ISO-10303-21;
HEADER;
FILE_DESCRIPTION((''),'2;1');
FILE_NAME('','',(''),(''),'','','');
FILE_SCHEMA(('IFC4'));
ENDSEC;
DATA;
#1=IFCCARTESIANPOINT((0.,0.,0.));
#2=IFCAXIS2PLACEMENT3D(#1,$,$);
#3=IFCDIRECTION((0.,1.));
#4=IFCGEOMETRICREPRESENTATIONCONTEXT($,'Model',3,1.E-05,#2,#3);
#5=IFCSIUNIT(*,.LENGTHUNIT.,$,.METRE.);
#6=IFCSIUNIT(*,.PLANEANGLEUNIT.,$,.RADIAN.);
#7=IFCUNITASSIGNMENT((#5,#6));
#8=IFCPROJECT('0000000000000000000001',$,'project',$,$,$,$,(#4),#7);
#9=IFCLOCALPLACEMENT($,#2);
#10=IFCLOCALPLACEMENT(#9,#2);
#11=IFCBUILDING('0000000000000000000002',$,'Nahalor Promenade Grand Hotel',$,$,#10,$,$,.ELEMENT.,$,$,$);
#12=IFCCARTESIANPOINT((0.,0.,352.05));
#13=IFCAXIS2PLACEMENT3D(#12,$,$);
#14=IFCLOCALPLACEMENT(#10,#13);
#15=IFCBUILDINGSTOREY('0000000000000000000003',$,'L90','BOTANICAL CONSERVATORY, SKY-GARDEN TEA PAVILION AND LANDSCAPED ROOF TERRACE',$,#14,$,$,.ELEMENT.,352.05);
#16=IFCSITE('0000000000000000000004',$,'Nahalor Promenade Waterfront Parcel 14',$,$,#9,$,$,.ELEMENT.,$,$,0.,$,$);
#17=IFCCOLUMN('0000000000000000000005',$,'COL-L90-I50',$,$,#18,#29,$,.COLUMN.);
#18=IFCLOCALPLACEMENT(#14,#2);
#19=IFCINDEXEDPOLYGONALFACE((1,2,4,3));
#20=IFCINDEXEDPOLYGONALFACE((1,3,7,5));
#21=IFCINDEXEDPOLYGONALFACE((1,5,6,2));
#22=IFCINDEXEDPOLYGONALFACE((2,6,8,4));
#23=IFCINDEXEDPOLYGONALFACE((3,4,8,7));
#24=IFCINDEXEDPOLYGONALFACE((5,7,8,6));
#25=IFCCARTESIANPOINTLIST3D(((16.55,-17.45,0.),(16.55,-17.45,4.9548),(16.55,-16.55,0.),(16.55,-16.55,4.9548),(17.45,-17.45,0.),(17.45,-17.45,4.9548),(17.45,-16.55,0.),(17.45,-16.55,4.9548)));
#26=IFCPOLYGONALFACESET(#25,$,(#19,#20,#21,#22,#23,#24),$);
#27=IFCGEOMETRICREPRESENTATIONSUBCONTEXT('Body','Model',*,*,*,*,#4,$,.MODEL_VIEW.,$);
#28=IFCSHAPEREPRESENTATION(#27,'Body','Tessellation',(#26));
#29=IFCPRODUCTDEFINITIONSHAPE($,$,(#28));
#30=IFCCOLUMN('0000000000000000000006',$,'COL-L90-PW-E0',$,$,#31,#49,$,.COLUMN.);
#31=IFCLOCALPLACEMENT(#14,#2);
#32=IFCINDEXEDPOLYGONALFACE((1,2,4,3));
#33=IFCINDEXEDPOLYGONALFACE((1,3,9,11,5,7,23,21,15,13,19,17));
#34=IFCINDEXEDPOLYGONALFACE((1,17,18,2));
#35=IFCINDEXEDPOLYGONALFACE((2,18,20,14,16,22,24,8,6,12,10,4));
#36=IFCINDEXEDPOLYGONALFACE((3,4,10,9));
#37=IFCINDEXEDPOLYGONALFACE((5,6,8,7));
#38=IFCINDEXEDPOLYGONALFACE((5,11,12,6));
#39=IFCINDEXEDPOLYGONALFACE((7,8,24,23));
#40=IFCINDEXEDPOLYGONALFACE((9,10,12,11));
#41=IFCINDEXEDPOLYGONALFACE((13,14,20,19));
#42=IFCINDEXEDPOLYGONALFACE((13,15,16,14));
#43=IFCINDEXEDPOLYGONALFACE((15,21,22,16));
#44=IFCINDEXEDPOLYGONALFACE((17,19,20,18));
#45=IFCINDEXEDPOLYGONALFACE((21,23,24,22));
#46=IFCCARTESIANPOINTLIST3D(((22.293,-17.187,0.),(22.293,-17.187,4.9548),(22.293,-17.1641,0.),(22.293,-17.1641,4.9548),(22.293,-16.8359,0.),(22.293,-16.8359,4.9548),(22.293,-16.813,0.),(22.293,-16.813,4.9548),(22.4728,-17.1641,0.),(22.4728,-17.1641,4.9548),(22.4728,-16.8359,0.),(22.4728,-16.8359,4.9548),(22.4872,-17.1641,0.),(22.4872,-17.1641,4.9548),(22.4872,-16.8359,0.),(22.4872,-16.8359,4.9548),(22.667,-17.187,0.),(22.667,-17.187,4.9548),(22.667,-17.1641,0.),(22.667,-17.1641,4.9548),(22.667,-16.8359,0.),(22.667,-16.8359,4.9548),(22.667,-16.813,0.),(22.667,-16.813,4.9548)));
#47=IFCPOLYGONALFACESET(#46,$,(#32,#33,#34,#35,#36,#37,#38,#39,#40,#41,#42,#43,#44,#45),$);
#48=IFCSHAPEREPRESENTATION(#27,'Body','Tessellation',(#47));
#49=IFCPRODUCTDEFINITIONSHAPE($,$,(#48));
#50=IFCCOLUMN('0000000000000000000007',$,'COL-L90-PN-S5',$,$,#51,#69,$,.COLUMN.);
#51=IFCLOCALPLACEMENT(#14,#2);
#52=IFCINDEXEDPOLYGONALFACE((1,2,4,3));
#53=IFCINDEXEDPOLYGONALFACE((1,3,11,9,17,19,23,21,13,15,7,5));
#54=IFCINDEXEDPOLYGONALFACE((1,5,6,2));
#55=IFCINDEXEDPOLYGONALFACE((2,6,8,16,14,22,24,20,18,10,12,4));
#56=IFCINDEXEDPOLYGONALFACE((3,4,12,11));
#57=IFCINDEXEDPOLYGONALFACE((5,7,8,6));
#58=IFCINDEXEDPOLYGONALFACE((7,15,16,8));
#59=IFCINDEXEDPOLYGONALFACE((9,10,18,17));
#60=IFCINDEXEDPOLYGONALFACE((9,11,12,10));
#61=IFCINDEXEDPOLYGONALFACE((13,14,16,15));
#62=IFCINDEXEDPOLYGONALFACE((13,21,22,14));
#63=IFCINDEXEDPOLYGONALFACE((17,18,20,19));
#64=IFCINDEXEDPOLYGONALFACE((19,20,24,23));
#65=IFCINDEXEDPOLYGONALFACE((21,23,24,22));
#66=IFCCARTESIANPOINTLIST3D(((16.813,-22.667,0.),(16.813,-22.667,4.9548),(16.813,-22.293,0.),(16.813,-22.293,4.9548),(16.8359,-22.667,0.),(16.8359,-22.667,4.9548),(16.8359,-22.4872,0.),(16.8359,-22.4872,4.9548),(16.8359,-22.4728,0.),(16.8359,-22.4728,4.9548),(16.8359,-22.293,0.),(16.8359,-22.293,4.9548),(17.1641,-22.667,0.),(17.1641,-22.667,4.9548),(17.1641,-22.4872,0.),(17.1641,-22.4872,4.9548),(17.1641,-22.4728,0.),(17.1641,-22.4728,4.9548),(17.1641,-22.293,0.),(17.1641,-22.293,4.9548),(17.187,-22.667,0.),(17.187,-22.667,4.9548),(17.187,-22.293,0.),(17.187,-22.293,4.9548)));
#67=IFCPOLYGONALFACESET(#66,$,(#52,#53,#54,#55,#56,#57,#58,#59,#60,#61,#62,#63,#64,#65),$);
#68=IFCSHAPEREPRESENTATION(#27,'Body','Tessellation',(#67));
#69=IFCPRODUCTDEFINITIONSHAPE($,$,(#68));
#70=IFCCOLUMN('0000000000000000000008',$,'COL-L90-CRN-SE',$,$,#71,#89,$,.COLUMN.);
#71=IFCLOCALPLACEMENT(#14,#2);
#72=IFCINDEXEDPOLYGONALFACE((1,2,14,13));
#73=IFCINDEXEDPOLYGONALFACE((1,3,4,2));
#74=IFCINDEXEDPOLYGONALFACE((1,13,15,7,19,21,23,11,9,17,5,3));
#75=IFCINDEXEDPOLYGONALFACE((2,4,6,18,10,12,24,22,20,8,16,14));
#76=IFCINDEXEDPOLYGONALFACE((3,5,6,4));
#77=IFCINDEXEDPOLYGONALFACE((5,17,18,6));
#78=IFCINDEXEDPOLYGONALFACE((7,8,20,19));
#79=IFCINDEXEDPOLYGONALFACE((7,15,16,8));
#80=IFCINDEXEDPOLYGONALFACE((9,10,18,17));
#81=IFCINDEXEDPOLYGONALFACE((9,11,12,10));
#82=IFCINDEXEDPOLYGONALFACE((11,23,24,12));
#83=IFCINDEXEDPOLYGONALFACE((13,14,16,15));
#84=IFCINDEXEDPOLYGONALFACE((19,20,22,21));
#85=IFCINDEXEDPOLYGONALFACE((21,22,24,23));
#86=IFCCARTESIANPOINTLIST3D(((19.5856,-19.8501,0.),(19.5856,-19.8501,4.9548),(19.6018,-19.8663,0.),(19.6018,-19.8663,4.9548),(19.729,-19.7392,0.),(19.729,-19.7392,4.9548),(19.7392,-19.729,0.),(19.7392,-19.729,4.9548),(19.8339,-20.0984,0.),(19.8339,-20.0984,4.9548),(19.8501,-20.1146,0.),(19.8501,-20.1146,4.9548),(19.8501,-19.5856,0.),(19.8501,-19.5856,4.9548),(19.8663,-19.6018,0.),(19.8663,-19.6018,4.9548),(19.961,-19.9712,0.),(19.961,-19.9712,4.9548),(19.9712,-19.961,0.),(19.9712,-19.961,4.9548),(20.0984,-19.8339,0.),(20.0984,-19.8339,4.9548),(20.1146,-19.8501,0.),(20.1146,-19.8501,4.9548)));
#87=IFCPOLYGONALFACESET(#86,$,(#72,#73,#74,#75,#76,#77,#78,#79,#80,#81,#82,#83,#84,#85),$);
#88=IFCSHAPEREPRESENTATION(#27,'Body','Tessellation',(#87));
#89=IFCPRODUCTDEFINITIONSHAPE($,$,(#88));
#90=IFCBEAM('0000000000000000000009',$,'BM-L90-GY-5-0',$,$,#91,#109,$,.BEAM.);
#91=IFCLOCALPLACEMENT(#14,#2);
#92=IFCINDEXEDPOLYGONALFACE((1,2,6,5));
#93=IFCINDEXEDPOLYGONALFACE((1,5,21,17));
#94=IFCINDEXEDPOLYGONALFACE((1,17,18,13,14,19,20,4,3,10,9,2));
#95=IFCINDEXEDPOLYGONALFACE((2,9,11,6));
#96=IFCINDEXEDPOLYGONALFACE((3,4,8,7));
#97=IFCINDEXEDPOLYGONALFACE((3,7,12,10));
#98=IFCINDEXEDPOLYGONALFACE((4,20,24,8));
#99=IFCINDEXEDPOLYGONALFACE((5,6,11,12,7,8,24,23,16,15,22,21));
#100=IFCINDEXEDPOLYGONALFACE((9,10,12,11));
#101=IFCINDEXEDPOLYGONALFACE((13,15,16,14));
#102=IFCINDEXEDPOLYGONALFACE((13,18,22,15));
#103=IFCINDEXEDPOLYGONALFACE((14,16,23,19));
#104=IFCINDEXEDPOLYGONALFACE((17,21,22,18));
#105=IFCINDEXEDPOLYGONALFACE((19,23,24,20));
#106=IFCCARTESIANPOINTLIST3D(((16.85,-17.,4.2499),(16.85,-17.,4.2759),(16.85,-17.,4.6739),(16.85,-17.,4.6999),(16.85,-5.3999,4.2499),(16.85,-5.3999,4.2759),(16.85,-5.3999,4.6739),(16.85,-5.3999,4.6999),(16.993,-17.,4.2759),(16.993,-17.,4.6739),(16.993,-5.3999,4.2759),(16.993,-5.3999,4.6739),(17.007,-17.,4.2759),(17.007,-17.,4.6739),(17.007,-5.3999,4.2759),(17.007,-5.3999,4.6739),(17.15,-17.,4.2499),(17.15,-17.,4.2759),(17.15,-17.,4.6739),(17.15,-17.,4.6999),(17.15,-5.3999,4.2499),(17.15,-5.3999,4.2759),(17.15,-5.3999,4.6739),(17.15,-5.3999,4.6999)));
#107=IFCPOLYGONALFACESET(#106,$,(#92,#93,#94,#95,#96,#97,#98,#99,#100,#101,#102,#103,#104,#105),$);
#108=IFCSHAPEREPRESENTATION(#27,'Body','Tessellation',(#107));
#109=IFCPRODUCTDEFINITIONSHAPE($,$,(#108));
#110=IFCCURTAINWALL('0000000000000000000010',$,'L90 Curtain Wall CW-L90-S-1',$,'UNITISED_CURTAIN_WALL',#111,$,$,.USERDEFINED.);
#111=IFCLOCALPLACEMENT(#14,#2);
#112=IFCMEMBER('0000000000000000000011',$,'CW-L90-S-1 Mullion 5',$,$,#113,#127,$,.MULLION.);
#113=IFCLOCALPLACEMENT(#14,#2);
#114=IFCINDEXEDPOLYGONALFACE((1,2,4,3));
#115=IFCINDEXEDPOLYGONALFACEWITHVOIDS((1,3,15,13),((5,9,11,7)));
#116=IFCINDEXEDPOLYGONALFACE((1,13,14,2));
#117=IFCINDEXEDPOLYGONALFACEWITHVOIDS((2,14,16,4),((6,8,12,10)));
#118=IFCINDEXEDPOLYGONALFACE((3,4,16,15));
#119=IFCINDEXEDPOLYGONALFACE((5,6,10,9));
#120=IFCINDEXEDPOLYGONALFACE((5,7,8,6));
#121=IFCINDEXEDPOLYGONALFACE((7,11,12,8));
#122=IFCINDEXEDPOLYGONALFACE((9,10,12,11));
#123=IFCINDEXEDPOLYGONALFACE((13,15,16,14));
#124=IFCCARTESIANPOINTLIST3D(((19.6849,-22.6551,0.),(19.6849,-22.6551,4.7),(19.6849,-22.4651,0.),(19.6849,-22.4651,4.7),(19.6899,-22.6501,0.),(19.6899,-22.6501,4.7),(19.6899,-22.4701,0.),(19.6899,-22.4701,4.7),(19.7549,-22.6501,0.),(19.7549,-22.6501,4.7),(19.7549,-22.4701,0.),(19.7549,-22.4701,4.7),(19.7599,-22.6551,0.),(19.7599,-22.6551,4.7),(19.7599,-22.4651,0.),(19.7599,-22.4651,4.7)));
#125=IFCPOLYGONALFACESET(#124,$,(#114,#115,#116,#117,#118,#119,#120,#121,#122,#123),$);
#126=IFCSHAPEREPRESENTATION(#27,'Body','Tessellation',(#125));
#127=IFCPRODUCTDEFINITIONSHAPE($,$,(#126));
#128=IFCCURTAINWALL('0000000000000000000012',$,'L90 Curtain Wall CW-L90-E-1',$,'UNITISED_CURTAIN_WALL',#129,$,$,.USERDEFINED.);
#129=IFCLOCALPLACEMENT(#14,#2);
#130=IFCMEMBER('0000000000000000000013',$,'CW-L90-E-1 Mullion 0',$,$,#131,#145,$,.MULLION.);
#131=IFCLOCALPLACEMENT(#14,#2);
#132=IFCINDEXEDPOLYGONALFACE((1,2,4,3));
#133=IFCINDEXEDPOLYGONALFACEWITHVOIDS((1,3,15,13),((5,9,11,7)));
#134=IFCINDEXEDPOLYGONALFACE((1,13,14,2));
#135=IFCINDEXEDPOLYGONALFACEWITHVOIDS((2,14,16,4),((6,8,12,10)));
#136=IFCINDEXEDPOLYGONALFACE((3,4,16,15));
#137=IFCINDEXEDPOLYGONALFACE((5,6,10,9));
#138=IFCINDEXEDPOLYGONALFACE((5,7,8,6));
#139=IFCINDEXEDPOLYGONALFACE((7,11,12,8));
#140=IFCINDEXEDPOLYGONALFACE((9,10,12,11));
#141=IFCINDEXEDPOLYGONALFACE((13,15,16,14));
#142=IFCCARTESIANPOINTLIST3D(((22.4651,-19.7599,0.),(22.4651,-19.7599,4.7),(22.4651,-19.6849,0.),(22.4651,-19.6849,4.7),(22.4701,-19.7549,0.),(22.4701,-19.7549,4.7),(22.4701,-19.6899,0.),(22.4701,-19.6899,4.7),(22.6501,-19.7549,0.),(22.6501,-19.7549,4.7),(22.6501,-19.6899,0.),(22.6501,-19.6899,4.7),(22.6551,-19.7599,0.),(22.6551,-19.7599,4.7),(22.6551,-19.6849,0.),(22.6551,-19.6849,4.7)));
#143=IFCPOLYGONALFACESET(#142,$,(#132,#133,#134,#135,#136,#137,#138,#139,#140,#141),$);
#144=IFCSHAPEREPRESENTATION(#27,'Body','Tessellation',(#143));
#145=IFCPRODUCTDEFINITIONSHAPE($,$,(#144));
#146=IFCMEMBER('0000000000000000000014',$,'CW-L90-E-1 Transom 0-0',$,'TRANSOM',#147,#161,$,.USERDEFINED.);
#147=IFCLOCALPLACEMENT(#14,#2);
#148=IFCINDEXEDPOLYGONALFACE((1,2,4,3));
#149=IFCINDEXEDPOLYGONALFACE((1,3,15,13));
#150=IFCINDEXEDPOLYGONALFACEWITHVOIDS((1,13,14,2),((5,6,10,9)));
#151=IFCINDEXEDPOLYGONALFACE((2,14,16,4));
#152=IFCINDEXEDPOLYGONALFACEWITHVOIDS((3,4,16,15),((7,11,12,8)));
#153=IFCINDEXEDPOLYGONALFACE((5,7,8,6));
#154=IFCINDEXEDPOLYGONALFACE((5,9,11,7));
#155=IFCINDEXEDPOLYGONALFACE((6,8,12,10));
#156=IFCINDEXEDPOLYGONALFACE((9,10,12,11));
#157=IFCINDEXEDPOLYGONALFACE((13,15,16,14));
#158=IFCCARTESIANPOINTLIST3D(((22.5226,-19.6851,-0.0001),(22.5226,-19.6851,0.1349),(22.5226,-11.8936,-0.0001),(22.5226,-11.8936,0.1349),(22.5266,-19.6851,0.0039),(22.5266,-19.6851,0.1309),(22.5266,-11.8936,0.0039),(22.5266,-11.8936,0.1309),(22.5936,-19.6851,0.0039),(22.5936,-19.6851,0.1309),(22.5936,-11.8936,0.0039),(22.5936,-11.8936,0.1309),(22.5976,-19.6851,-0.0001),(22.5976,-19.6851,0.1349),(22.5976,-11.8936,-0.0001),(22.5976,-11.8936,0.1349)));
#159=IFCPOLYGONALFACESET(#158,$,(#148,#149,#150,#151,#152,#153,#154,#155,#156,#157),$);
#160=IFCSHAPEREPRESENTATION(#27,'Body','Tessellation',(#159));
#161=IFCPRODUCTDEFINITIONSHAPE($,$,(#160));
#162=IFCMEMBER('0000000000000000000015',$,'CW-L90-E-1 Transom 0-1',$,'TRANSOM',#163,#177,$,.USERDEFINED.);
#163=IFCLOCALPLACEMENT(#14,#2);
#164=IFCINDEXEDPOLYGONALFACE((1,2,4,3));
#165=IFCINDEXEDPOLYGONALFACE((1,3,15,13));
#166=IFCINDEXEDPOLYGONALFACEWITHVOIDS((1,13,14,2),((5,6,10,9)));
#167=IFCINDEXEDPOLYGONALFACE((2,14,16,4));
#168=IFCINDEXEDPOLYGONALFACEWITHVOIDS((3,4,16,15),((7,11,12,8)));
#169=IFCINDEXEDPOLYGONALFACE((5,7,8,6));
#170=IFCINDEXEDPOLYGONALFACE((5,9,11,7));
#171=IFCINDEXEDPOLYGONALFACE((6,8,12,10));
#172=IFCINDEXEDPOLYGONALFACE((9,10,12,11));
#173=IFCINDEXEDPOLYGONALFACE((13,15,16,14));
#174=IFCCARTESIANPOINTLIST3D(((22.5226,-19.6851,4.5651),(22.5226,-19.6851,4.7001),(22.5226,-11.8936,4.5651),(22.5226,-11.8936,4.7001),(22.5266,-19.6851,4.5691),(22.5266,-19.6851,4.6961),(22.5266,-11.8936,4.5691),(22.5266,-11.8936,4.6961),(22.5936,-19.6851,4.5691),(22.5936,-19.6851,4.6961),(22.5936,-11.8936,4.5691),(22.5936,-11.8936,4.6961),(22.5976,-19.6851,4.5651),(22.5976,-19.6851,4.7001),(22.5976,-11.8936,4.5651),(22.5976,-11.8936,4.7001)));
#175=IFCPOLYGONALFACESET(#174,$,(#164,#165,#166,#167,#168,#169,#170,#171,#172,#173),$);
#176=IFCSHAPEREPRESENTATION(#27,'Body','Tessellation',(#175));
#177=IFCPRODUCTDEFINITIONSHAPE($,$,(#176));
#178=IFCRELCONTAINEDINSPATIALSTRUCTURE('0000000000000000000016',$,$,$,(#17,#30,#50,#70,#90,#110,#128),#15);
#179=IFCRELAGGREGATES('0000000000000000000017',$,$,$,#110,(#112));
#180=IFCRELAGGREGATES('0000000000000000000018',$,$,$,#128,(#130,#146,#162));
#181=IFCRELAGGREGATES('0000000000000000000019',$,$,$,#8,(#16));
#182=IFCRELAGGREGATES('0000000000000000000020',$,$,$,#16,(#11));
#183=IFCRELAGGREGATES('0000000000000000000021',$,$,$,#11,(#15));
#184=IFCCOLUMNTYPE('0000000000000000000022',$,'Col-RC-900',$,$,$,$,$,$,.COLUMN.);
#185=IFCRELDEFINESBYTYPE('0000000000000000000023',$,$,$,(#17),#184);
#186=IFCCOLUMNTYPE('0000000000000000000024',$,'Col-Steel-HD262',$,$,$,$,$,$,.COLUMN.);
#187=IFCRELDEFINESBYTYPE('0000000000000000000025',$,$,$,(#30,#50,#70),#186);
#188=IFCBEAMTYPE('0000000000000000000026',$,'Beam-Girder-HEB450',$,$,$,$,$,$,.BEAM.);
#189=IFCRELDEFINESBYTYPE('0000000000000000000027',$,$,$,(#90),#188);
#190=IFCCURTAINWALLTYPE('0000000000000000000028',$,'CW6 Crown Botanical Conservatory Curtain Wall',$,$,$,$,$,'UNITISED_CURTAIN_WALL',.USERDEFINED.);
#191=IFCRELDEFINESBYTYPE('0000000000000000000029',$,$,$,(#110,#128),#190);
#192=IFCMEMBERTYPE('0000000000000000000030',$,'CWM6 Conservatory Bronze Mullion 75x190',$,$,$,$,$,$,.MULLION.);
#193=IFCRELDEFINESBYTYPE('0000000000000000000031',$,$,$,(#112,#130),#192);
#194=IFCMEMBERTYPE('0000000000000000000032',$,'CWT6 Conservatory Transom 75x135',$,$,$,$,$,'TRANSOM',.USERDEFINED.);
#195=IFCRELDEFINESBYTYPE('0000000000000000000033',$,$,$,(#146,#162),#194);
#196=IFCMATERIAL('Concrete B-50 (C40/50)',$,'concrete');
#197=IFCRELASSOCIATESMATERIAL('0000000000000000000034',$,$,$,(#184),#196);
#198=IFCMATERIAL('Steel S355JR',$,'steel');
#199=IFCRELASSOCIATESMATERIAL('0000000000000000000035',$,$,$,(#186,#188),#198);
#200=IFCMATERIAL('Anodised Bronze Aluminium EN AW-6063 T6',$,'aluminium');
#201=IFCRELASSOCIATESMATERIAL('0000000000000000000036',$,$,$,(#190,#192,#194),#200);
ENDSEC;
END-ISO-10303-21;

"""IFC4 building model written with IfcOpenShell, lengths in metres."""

from ifc_helpers import new_model, si_unit, direction, frame, origin, origin_2d, place, context, subcontext, project, spatial, rectangle, hollow_rectangle, i_section, extrude, source, transform, mapped, material, material_profile, profile_set, type_object, element, aggregate, save


model = new_model("IFC4")

# Units and contexts
model_context = context("Model", 3, precision=1e-05, world=origin(), true_north=direction((0.0, 1.0)))
body_context = subcontext(model_context, "Body", "Model", "MODEL_VIEW")
ifc_project = project(units=[si_unit("LENGTHUNIT", "METRE"), si_unit("PLANEANGLEUNIT", "RADIAN")], contexts=[model_context])

# Site, building, storey
site_placement = place(None, origin())
site = spatial("IfcSite", under=ifc_project, at=site_placement, Name="Nahalor Promenade Waterfront Parcel 14", CompositionType="ELEMENT", RefElevation=0.0)
building_placement = place(site_placement, origin())
building = spatial("IfcBuilding", under=site, at=building_placement, Name="Nahalor Promenade Grand Hotel", CompositionType="ELEMENT")
storey_placement = place(building_placement, frame((0.0, 0.0, 352.05)))
storey = spatial("IfcBuildingStorey", under=building, at=storey_placement, Name="L90", Description="BOTANICAL CONSERVATORY, SKY-GARDEN TEA PAVILION AND LANDSCAPED ROOF TERRACE", CompositionType="ELEMENT", Elevation=352.05)

# Columns
ifc_material_1 = material(Name="Concrete B-50 (C40/50)", Category="concrete")
ifc_material_profile_1 = material_profile(ifc_material_1, rectangle(XDim=0.9, YDim=0.9, at=origin_2d()), Name="RC 900x900")
ifc_profile_set_1 = profile_set([ifc_material_profile_1], Name="Concrete B-50 (C40/50)")
column_type_1 = type_object("IfcColumnType", Name="Col-RC-900", PredefinedType="COLUMN", material=ifc_profile_set_1)
shared_shape_1 = source(origin(), body_context, "Body", "SweptSolid", [
    extrude(rectangle(XDim=0.9, YDim=0.9, at=origin_2d()), origin(), (0.0, 0.0, 1.0), 4.9548),
])
column_placement = place(storey_placement, frame((17.0, -17.0, 0.0), z_axis=(0.0, 0.0, 1.0), x_axis=(1.0, 0.0, 0.0)))
element("IfcColumn", 1, at=column_placement, inside=storey, type_object=column_type_1, Name="COL-L90-I50", PredefinedType="COLUMN", context=body_context, shape_type="MappedRepresentation", body=[
    mapped(shared_shape_1, transform((0.0, 0.0, 0.0), scale=1.0)),
])
ifc_material_2 = material(Name="Steel S355JR", Category="steel")
ifc_material_profile_2 = material_profile(ifc_material_2, i_section(OverallWidth=0.374, OverallDepth=0.374, WebThickness=0.0144, FlangeThickness=0.0229, at=origin_2d()), Name="HD 360x262")
ifc_profile_set_2 = profile_set([ifc_material_profile_2], Name="Steel S355JR")
column_type_2 = type_object("IfcColumnType", Name="Col-Steel-HD262", PredefinedType="COLUMN", material=ifc_profile_set_2)
shared_shape_2 = source(origin(), body_context, "Body", "SweptSolid", [
    extrude(i_section(OverallWidth=0.374, OverallDepth=0.374, WebThickness=0.0144, FlangeThickness=0.0229, at=origin_2d()), origin(), (0.0, 0.0, 1.0), 4.9548),
])
for number, where, z_axis, x_axis, name in (
    (2, (22.48, -17.0, 0.0), (0.0, 0.0, 1.0), (1.0, 0.0, 0.0), "COL-L90-PW-E0"),
    (3, (17.0, -22.48, 0.0), (0.0, 0.0, 1.0), (0.0, 1.0, 0.0), "COL-L90-PN-S5"),
    (4, (19.8501, -19.8501, 0.0), (0.0, 0.0, 1.0), (0.707107, 0.707107, 0.0), "COL-L90-CRN-SE"),
):
    element("IfcColumn", number, at=place(storey_placement, frame(where, z_axis=z_axis, x_axis=x_axis)), inside=storey, type_object=column_type_2, Name=name, PredefinedType="COLUMN", context=body_context, shape_type="MappedRepresentation", body=[
        mapped(shared_shape_2, transform((0.0, 0.0, 0.0), scale=1.0)),
    ])

# Beam
ifc_material_profile_3 = material_profile(ifc_material_2, i_section(OverallWidth=0.3, OverallDepth=0.45, WebThickness=0.014, FlangeThickness=0.026, at=origin_2d()), Name="HEB 450")
ifc_profile_set_3 = profile_set([ifc_material_profile_3], Name="Steel S355JR")
beam_type = type_object("IfcBeamType", Name="Beam-Girder-HEB450", PredefinedType="BEAM", material=ifc_profile_set_3)
shared_shape_3 = source(origin(), body_context, "Body", "SweptSolid", [
    extrude(i_section(OverallWidth=0.3, OverallDepth=0.45, WebThickness=0.014, FlangeThickness=0.026, at=origin_2d()), origin(), (0.0, 0.0, 1.0), 11.6001),
])
beam_placement = place(storey_placement, frame((17.0, -17.0, 4.4749), z_axis=(0.0, 1.0, 0.0), x_axis=(-1.0, 0.0, 0.0)))
element("IfcBeam", 5, at=beam_placement, inside=storey, type_object=beam_type, Name="BM-L90-GY-5-0", PredefinedType="BEAM", context=body_context, shape_type="MappedRepresentation", body=[
    mapped(shared_shape_3, transform((0.0, 0.0, 0.0), scale=1.0)),
])

# Curtain wall, member
ifc_material_3 = material(Name="Anodised Bronze Aluminium EN AW-6063 T6", Category="aluminium")
curtain_wall_type = type_object("IfcCurtainWallType", Name="CW6 Crown Botanical Conservatory Curtain Wall", ElementType="UNITISED_CURTAIN_WALL", PredefinedType="USERDEFINED", material=ifc_material_3)
curtain_wall_1_placement = place(storey_placement, origin())
curtain_wall_1 = element("IfcCurtainWall", 6, at=curtain_wall_1_placement, inside=storey, type_object=curtain_wall_type, Name="L90 Curtain Wall CW-L90-S-1", ObjectType="UNITISED_CURTAIN_WALL", PredefinedType="USERDEFINED")
ifc_material_profile_4 = material_profile(ifc_material_3, hollow_rectangle(XDim=0.075, YDim=0.19, WallThickness=0.005, at=origin_2d()), Name="CWM 75x190x5")
ifc_profile_set_4 = profile_set([ifc_material_profile_4], Name="Anodised Bronze Aluminium EN AW-6063 T6")
member_type_1 = type_object("IfcMemberType", Name="CWM6 Conservatory Bronze Mullion 75x190", PredefinedType="MULLION", material=ifc_profile_set_4)
shared_shape_4 = source(origin(), body_context, "Body", "SweptSolid", [
    extrude(hollow_rectangle(XDim=0.075, YDim=0.19, WallThickness=0.005, at=origin_2d()), origin(), (0.0, 0.0, 1.0), 4.7),
])
member_1_placement = place(storey_placement, frame((19.7224, -22.5601, 0.0), z_axis=(0.0, 0.0, 1.0), x_axis=(1.0, 0.0, 0.0)))
member_1 = element("IfcMember", 7, at=member_1_placement, type_object=member_type_1, Name="CW-L90-S-1 Mullion 5", PredefinedType="MULLION", context=body_context, shape_type="MappedRepresentation", body=[
    mapped(shared_shape_4, transform((0.0, 0.0, 0.0), scale=1.0)),
])

# Curtain wall, members
curtain_wall_2_placement = place(storey_placement, origin())
curtain_wall_2 = element("IfcCurtainWall", 8, at=curtain_wall_2_placement, inside=storey, type_object=curtain_wall_type, Name="L90 Curtain Wall CW-L90-E-1", ObjectType="UNITISED_CURTAIN_WALL", PredefinedType="USERDEFINED")
member_2_placement = place(storey_placement, frame((22.5601, -19.7224, 0.0), z_axis=(0.0, 0.0, 1.0), x_axis=(0.0, 1.0, 0.0)))
member_2 = element("IfcMember", 9, at=member_2_placement, type_object=member_type_1, Name="CW-L90-E-1 Mullion 0", PredefinedType="MULLION", context=body_context, shape_type="MappedRepresentation", body=[
    mapped(shared_shape_4, transform((0.0, 0.0, 0.0), scale=1.0)),
])
ifc_material_profile_5 = material_profile(ifc_material_3, hollow_rectangle(XDim=0.075, YDim=0.135, WallThickness=0.004, at=origin_2d()), Name="CWT 75x135x4")
ifc_profile_set_5 = profile_set([ifc_material_profile_5], Name="Anodised Bronze Aluminium EN AW-6063 T6")
member_type_2 = type_object("IfcMemberType", Name="CWT6 Conservatory Transom 75x135", ElementType="TRANSOM", PredefinedType="USERDEFINED", material=ifc_profile_set_5)
shared_shape_5 = source(origin(), body_context, "Body", "SweptSolid", [
    extrude(hollow_rectangle(XDim=0.075, YDim=0.135, WallThickness=0.004, at=origin_2d()), origin(), (0.0, 0.0, 1.0), 7.7915),
])
member_3_placement = place(storey_placement, frame((22.5601, -19.6851, 0.0674), z_axis=(0.0, 1.0, 0.0), x_axis=(-1.0, 0.0, 0.0)))
member_3 = element("IfcMember", 10, at=member_3_placement, type_object=member_type_2, Name="CW-L90-E-1 Transom 0-0", ObjectType="TRANSOM", PredefinedType="USERDEFINED", context=body_context, shape_type="MappedRepresentation", body=[
    mapped(shared_shape_5, transform((0.0, 0.0, 0.0), scale=1.0)),
])
member_4_placement = place(storey_placement, frame((22.5601, -19.6851, 4.6326), z_axis=(0.0, 1.0, 0.0), x_axis=(-1.0, 0.0, 0.0)))
member_4 = element("IfcMember", 11, at=member_4_placement, type_object=member_type_2, Name="CW-L90-E-1 Transom 0-1", ObjectType="TRANSOM", PredefinedType="USERDEFINED", context=body_context, shape_type="MappedRepresentation", body=[
    mapped(shared_shape_5, transform((0.0, 0.0, 0.0), scale=1.0)),
])

aggregate(curtain_wall_1, [member_1])
aggregate(curtain_wall_2, [member_2, member_3, member_4])

save(model, "model.ifc")
